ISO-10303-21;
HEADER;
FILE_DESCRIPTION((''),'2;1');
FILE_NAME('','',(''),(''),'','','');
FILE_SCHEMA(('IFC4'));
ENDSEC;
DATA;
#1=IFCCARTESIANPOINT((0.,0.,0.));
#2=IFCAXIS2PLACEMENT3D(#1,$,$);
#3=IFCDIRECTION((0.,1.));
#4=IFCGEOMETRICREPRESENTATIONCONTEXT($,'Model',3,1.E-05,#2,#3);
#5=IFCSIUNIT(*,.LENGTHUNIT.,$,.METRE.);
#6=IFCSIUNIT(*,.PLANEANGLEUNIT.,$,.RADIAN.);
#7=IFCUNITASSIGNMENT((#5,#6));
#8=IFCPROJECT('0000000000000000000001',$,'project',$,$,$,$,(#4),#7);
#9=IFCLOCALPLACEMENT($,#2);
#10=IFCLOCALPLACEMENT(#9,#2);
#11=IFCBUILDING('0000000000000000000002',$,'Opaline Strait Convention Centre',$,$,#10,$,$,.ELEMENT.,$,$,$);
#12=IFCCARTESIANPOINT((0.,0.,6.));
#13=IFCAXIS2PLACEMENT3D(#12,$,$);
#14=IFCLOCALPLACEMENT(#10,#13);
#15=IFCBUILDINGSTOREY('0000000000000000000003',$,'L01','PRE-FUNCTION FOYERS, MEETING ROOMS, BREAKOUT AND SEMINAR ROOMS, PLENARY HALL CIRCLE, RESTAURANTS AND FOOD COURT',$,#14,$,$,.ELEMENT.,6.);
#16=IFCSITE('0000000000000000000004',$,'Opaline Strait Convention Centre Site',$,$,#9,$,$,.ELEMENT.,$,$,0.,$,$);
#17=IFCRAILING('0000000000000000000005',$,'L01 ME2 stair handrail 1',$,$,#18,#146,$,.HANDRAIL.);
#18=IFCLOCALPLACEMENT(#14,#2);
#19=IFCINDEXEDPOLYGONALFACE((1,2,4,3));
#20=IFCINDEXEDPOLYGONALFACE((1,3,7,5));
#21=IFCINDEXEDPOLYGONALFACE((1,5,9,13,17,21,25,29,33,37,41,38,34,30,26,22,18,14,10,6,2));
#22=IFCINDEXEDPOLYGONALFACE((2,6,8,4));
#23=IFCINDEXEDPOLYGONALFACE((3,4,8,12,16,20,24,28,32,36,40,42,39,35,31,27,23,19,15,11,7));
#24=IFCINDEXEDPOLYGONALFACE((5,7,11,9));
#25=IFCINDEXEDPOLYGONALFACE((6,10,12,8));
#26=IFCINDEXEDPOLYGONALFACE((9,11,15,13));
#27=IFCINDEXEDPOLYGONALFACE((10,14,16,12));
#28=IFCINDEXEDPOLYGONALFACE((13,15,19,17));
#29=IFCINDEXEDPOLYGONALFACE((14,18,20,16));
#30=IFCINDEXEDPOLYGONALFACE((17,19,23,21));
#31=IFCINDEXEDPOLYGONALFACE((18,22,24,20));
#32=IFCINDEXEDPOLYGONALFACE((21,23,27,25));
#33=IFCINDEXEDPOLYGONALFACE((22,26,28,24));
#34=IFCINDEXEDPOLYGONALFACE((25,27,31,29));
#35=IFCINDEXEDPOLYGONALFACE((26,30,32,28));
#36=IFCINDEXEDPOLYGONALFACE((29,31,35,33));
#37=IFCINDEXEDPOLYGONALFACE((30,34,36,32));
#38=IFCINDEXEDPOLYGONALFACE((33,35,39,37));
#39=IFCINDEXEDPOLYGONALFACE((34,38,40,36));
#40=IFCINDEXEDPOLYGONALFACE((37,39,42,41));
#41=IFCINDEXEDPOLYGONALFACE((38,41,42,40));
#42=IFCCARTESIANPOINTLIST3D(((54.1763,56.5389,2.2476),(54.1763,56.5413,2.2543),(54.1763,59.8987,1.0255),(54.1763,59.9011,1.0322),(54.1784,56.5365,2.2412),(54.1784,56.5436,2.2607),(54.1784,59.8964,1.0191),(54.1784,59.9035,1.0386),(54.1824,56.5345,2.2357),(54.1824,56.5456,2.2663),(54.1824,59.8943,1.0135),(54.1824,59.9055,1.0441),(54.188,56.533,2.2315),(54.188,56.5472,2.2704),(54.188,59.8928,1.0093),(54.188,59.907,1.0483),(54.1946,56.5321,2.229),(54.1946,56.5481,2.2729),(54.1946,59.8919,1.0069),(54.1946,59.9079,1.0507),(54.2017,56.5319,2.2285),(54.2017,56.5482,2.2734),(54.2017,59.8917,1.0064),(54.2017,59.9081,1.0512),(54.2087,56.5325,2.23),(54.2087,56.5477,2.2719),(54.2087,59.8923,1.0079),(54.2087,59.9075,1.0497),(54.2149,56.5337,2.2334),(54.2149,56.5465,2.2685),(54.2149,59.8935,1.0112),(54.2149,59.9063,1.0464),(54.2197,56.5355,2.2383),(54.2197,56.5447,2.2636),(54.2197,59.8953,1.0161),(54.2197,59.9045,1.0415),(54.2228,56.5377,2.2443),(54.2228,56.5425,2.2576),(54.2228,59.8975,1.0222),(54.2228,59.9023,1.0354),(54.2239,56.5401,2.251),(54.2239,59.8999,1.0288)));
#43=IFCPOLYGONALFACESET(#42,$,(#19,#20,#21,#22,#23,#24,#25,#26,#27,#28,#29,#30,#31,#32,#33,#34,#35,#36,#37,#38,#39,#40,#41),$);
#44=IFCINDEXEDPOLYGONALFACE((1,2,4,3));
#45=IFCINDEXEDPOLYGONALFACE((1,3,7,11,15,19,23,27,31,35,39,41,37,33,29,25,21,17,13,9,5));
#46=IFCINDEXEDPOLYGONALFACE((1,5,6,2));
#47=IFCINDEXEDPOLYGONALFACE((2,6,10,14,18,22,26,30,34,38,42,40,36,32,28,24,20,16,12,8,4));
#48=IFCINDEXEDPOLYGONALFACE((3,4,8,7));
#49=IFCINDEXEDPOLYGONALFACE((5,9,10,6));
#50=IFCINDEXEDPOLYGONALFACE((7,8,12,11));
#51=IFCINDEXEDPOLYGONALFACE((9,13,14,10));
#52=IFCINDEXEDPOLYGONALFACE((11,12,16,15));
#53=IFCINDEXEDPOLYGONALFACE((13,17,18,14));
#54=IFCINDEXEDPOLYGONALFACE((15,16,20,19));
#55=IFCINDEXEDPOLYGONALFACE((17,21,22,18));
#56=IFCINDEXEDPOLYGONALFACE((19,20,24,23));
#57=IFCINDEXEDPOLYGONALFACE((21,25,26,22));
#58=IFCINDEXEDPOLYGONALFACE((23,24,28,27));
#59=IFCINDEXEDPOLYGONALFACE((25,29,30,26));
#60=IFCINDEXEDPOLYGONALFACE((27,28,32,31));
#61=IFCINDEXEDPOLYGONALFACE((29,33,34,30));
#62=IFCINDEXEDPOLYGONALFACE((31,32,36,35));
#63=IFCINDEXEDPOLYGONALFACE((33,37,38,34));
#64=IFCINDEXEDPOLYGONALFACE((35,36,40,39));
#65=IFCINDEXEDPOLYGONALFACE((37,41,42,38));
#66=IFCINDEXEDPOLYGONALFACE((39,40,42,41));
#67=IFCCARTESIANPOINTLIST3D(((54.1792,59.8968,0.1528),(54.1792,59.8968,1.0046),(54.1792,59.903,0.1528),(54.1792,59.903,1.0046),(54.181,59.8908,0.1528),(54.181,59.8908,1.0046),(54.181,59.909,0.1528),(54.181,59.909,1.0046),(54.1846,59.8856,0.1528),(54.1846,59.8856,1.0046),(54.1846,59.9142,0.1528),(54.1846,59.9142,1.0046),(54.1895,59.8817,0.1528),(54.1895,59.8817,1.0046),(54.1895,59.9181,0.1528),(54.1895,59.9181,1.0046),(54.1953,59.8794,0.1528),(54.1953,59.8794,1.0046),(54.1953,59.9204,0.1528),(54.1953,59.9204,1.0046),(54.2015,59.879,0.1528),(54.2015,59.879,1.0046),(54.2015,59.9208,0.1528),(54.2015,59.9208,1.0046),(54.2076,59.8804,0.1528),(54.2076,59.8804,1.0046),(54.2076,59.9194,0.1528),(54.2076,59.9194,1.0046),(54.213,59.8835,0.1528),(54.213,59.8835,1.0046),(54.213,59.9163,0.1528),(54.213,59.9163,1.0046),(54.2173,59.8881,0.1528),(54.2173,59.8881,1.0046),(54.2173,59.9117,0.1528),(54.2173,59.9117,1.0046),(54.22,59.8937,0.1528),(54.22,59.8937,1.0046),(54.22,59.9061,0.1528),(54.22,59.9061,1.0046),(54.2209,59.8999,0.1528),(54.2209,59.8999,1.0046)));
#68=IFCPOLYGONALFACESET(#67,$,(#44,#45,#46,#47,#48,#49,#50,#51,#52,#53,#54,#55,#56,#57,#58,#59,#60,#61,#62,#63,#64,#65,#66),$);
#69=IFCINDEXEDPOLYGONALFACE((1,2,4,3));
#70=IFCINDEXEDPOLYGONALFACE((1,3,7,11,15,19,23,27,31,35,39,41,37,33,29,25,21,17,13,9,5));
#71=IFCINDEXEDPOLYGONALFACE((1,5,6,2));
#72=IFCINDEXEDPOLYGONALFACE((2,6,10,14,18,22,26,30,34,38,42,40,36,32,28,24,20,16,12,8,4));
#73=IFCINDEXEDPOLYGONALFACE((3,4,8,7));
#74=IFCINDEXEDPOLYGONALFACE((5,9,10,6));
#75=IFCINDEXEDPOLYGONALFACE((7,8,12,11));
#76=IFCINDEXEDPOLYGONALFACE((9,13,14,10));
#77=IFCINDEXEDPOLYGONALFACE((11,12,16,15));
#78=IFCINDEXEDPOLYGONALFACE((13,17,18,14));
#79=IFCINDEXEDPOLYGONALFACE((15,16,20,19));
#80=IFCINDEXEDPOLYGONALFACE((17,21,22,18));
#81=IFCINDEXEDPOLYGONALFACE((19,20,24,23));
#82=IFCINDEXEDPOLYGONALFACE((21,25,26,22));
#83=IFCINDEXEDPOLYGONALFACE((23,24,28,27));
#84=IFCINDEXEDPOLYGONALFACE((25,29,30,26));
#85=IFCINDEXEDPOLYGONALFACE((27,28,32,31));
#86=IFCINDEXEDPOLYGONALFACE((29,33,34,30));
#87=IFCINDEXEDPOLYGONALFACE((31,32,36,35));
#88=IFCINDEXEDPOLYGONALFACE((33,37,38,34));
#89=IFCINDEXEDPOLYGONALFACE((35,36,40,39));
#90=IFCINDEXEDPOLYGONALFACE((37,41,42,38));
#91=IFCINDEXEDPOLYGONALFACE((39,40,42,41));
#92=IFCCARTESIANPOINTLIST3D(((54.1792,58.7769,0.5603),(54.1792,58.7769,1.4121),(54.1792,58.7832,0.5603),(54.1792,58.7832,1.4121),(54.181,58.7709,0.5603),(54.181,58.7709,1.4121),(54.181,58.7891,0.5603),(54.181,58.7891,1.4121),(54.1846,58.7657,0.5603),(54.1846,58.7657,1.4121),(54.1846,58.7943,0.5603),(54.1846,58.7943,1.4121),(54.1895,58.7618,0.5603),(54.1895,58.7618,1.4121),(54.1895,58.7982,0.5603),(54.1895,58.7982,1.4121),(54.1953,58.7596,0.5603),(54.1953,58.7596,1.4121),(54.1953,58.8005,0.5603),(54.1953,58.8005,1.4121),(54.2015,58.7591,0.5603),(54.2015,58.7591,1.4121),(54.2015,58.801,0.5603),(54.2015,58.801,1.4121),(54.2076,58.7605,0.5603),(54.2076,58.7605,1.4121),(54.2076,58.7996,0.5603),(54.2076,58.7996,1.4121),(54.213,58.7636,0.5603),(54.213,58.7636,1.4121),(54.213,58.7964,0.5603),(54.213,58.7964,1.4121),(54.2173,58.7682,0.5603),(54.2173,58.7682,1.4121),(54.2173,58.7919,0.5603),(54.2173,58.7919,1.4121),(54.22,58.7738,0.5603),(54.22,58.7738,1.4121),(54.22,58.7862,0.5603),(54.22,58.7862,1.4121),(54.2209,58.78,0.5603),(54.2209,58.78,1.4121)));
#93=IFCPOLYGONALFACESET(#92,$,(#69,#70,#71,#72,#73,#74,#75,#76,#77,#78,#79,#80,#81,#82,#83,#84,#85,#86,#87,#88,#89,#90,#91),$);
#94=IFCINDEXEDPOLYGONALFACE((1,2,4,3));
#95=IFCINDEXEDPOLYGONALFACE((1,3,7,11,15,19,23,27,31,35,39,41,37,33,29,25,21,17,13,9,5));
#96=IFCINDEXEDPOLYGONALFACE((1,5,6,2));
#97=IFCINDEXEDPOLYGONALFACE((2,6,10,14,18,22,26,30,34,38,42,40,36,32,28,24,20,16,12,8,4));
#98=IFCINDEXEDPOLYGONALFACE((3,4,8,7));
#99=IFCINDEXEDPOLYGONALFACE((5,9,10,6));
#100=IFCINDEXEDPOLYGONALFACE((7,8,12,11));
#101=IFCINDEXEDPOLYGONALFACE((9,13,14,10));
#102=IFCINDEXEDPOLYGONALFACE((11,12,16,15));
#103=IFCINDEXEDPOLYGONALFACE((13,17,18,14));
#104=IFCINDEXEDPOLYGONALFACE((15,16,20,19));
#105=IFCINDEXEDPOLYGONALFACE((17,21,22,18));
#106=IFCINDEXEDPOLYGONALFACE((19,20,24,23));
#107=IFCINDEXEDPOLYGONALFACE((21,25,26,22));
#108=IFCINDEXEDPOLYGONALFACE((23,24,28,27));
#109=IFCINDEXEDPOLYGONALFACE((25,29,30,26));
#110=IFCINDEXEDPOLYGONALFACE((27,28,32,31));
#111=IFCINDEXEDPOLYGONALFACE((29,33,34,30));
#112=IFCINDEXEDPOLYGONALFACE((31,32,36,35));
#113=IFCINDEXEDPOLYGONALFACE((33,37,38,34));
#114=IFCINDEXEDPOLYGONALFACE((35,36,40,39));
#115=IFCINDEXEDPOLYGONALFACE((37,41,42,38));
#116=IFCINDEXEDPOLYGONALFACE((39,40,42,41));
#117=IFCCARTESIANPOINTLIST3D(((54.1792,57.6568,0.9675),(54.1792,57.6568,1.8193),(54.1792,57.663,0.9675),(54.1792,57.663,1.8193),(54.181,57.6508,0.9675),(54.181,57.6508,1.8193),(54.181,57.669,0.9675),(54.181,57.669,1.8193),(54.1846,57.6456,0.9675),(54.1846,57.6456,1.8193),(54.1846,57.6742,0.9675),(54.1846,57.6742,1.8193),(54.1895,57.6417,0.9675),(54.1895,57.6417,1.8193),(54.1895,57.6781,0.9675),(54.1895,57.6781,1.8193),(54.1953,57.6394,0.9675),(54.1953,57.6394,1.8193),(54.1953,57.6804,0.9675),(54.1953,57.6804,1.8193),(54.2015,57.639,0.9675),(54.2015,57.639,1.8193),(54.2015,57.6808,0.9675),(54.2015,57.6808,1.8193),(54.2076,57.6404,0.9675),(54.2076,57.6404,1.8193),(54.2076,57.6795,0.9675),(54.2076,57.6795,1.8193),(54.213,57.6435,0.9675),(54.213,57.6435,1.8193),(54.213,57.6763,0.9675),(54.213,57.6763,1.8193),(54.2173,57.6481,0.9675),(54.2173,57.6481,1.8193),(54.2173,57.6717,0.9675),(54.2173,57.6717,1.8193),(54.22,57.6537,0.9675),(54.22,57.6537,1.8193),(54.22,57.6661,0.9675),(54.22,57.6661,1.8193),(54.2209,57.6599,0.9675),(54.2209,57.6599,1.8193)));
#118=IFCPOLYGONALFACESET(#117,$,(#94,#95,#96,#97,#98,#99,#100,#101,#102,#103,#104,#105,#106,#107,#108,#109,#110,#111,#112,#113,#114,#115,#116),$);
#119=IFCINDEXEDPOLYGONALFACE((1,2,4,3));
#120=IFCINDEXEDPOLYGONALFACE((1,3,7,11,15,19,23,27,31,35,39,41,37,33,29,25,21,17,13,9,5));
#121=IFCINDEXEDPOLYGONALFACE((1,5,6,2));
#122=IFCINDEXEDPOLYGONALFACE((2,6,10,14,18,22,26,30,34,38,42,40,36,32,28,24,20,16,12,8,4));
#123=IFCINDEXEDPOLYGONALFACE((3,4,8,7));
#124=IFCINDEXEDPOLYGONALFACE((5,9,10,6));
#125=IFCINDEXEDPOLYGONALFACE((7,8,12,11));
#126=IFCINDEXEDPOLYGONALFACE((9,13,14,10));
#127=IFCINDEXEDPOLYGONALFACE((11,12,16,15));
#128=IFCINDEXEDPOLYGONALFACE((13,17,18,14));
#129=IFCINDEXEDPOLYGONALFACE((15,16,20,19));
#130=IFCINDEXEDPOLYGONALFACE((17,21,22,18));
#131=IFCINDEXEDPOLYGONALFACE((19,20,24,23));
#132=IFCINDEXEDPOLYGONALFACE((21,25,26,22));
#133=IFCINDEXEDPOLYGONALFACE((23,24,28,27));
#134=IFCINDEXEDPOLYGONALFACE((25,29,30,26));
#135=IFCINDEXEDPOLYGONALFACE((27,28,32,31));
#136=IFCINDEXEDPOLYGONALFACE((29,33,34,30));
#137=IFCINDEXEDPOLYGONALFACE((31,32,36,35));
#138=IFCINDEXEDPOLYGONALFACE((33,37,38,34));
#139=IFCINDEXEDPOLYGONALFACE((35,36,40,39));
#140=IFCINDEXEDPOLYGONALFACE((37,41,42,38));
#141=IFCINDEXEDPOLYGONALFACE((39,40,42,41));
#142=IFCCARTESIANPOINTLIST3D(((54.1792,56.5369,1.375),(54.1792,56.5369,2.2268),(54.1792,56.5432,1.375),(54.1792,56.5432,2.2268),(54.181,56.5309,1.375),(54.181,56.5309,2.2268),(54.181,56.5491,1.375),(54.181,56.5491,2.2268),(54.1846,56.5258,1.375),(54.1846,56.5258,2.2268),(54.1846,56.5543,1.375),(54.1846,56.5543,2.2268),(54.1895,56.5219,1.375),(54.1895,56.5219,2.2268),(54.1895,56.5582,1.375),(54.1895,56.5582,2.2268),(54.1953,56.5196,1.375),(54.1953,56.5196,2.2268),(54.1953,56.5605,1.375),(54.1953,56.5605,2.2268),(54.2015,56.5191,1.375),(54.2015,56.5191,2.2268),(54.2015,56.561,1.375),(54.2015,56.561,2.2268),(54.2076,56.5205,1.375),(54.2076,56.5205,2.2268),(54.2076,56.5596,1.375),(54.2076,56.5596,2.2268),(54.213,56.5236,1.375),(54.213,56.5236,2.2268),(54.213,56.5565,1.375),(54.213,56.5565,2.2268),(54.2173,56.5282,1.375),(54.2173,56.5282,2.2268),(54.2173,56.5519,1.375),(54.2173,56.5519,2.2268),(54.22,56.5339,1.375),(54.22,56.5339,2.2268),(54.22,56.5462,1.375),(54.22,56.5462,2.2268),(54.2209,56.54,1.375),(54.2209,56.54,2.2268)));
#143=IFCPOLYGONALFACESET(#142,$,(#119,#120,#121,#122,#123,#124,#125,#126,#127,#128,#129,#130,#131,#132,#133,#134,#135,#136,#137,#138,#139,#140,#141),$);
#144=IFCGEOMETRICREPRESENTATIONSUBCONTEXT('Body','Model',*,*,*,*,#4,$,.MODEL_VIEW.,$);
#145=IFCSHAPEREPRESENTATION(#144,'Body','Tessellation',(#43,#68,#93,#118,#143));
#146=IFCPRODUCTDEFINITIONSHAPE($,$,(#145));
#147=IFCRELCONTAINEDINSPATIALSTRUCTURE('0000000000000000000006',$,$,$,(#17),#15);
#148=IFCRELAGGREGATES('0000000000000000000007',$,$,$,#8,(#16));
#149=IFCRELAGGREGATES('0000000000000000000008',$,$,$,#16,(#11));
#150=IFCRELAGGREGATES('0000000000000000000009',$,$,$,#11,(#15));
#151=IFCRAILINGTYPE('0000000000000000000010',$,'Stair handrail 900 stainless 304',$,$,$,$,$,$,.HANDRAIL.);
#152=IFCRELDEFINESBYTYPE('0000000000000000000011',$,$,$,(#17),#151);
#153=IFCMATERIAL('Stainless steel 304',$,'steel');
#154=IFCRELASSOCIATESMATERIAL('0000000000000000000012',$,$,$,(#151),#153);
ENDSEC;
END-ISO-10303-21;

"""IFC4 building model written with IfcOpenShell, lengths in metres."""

from ifc_helpers import new_model, si_unit, direction, frame, origin, origin_2d, place, context, subcontext, project, spatial, circle, extrude, material, type_object, element, save


model = new_model("IFC4")

# Units and contexts
model_context = context("Model", 3, precision=1e-05, world=origin(), true_north=direction((0.0, 1.0)))
body_context = subcontext(model_context, "Body", "Model", "MODEL_VIEW")
ifc_project = project(units=[si_unit("LENGTHUNIT", "METRE"), si_unit("PLANEANGLEUNIT", "RADIAN")], contexts=[model_context])

# Site, building, storey
site_placement = place(None, origin())
site = spatial("IfcSite", under=ifc_project, at=site_placement, Name="Opaline Strait Convention Centre Site", CompositionType="ELEMENT", RefElevation=0.0)
building_placement = place(site_placement, origin())
building = spatial("IfcBuilding", under=site, at=building_placement, Name="Opaline Strait Convention Centre", CompositionType="ELEMENT")
storey_placement = place(building_placement, frame((0.0, 0.0, 6.0)))
storey = spatial("IfcBuildingStorey", under=building, at=storey_placement, Name="L01", Description="PRE-FUNCTION FOYERS, MEETING ROOMS, BREAKOUT AND SEMINAR ROOMS, PLENARY HALL CIRCLE, RESTAURANTS AND FOOD COURT", CompositionType="ELEMENT", Elevation=6.0)

# Railing
ifc_material_1 = material(Name="Stainless steel 304", Category="steel")
railing_type_1 = type_object("IfcRailingType", Name="Stair handrail 900 stainless 304", PredefinedType="HANDRAIL", material=ifc_material_1)
for number, where, name in (
    (1, (54.2, 59.8999, 0.1528), "L01 ME2 stair handrail 1"),
):
    element("IfcRailing", number, at=place(storey_placement, frame(where)), inside=storey, type_object=railing_type_1, Name=name, PredefinedType="HANDRAIL", context=body_context, shape_type="SweptSolid", body=[
        extrude(circle(Radius=0.0239, at=origin_2d()), frame((0.0, 0.0, 0.876), z_axis=(0.0, -0.939758, 0.341842), x_axis=(1.0, 0.0, 0.0)), (0.0, 0.0, 1.0), 3.5752),
        extrude(circle(Radius=0.021, at=origin_2d()), origin(), (0.0, 0.0, 1.0), 0.8518),
        extrude(circle(Radius=0.021, at=origin_2d()), frame((0.0, -1.1199, 0.4075)), (0.0, 0.0, 1.0), 0.8518),
        extrude(circle(Radius=0.021, at=origin_2d()), frame((0.0, -2.24, 0.8147)), (0.0, 0.0, 1.0), 0.8518),
        extrude(circle(Radius=0.021, at=origin_2d()), frame((0.0, -3.3599, 1.2222)), (0.0, 0.0, 1.0), 0.8518),
    ])

save(model, "model.ifc")
